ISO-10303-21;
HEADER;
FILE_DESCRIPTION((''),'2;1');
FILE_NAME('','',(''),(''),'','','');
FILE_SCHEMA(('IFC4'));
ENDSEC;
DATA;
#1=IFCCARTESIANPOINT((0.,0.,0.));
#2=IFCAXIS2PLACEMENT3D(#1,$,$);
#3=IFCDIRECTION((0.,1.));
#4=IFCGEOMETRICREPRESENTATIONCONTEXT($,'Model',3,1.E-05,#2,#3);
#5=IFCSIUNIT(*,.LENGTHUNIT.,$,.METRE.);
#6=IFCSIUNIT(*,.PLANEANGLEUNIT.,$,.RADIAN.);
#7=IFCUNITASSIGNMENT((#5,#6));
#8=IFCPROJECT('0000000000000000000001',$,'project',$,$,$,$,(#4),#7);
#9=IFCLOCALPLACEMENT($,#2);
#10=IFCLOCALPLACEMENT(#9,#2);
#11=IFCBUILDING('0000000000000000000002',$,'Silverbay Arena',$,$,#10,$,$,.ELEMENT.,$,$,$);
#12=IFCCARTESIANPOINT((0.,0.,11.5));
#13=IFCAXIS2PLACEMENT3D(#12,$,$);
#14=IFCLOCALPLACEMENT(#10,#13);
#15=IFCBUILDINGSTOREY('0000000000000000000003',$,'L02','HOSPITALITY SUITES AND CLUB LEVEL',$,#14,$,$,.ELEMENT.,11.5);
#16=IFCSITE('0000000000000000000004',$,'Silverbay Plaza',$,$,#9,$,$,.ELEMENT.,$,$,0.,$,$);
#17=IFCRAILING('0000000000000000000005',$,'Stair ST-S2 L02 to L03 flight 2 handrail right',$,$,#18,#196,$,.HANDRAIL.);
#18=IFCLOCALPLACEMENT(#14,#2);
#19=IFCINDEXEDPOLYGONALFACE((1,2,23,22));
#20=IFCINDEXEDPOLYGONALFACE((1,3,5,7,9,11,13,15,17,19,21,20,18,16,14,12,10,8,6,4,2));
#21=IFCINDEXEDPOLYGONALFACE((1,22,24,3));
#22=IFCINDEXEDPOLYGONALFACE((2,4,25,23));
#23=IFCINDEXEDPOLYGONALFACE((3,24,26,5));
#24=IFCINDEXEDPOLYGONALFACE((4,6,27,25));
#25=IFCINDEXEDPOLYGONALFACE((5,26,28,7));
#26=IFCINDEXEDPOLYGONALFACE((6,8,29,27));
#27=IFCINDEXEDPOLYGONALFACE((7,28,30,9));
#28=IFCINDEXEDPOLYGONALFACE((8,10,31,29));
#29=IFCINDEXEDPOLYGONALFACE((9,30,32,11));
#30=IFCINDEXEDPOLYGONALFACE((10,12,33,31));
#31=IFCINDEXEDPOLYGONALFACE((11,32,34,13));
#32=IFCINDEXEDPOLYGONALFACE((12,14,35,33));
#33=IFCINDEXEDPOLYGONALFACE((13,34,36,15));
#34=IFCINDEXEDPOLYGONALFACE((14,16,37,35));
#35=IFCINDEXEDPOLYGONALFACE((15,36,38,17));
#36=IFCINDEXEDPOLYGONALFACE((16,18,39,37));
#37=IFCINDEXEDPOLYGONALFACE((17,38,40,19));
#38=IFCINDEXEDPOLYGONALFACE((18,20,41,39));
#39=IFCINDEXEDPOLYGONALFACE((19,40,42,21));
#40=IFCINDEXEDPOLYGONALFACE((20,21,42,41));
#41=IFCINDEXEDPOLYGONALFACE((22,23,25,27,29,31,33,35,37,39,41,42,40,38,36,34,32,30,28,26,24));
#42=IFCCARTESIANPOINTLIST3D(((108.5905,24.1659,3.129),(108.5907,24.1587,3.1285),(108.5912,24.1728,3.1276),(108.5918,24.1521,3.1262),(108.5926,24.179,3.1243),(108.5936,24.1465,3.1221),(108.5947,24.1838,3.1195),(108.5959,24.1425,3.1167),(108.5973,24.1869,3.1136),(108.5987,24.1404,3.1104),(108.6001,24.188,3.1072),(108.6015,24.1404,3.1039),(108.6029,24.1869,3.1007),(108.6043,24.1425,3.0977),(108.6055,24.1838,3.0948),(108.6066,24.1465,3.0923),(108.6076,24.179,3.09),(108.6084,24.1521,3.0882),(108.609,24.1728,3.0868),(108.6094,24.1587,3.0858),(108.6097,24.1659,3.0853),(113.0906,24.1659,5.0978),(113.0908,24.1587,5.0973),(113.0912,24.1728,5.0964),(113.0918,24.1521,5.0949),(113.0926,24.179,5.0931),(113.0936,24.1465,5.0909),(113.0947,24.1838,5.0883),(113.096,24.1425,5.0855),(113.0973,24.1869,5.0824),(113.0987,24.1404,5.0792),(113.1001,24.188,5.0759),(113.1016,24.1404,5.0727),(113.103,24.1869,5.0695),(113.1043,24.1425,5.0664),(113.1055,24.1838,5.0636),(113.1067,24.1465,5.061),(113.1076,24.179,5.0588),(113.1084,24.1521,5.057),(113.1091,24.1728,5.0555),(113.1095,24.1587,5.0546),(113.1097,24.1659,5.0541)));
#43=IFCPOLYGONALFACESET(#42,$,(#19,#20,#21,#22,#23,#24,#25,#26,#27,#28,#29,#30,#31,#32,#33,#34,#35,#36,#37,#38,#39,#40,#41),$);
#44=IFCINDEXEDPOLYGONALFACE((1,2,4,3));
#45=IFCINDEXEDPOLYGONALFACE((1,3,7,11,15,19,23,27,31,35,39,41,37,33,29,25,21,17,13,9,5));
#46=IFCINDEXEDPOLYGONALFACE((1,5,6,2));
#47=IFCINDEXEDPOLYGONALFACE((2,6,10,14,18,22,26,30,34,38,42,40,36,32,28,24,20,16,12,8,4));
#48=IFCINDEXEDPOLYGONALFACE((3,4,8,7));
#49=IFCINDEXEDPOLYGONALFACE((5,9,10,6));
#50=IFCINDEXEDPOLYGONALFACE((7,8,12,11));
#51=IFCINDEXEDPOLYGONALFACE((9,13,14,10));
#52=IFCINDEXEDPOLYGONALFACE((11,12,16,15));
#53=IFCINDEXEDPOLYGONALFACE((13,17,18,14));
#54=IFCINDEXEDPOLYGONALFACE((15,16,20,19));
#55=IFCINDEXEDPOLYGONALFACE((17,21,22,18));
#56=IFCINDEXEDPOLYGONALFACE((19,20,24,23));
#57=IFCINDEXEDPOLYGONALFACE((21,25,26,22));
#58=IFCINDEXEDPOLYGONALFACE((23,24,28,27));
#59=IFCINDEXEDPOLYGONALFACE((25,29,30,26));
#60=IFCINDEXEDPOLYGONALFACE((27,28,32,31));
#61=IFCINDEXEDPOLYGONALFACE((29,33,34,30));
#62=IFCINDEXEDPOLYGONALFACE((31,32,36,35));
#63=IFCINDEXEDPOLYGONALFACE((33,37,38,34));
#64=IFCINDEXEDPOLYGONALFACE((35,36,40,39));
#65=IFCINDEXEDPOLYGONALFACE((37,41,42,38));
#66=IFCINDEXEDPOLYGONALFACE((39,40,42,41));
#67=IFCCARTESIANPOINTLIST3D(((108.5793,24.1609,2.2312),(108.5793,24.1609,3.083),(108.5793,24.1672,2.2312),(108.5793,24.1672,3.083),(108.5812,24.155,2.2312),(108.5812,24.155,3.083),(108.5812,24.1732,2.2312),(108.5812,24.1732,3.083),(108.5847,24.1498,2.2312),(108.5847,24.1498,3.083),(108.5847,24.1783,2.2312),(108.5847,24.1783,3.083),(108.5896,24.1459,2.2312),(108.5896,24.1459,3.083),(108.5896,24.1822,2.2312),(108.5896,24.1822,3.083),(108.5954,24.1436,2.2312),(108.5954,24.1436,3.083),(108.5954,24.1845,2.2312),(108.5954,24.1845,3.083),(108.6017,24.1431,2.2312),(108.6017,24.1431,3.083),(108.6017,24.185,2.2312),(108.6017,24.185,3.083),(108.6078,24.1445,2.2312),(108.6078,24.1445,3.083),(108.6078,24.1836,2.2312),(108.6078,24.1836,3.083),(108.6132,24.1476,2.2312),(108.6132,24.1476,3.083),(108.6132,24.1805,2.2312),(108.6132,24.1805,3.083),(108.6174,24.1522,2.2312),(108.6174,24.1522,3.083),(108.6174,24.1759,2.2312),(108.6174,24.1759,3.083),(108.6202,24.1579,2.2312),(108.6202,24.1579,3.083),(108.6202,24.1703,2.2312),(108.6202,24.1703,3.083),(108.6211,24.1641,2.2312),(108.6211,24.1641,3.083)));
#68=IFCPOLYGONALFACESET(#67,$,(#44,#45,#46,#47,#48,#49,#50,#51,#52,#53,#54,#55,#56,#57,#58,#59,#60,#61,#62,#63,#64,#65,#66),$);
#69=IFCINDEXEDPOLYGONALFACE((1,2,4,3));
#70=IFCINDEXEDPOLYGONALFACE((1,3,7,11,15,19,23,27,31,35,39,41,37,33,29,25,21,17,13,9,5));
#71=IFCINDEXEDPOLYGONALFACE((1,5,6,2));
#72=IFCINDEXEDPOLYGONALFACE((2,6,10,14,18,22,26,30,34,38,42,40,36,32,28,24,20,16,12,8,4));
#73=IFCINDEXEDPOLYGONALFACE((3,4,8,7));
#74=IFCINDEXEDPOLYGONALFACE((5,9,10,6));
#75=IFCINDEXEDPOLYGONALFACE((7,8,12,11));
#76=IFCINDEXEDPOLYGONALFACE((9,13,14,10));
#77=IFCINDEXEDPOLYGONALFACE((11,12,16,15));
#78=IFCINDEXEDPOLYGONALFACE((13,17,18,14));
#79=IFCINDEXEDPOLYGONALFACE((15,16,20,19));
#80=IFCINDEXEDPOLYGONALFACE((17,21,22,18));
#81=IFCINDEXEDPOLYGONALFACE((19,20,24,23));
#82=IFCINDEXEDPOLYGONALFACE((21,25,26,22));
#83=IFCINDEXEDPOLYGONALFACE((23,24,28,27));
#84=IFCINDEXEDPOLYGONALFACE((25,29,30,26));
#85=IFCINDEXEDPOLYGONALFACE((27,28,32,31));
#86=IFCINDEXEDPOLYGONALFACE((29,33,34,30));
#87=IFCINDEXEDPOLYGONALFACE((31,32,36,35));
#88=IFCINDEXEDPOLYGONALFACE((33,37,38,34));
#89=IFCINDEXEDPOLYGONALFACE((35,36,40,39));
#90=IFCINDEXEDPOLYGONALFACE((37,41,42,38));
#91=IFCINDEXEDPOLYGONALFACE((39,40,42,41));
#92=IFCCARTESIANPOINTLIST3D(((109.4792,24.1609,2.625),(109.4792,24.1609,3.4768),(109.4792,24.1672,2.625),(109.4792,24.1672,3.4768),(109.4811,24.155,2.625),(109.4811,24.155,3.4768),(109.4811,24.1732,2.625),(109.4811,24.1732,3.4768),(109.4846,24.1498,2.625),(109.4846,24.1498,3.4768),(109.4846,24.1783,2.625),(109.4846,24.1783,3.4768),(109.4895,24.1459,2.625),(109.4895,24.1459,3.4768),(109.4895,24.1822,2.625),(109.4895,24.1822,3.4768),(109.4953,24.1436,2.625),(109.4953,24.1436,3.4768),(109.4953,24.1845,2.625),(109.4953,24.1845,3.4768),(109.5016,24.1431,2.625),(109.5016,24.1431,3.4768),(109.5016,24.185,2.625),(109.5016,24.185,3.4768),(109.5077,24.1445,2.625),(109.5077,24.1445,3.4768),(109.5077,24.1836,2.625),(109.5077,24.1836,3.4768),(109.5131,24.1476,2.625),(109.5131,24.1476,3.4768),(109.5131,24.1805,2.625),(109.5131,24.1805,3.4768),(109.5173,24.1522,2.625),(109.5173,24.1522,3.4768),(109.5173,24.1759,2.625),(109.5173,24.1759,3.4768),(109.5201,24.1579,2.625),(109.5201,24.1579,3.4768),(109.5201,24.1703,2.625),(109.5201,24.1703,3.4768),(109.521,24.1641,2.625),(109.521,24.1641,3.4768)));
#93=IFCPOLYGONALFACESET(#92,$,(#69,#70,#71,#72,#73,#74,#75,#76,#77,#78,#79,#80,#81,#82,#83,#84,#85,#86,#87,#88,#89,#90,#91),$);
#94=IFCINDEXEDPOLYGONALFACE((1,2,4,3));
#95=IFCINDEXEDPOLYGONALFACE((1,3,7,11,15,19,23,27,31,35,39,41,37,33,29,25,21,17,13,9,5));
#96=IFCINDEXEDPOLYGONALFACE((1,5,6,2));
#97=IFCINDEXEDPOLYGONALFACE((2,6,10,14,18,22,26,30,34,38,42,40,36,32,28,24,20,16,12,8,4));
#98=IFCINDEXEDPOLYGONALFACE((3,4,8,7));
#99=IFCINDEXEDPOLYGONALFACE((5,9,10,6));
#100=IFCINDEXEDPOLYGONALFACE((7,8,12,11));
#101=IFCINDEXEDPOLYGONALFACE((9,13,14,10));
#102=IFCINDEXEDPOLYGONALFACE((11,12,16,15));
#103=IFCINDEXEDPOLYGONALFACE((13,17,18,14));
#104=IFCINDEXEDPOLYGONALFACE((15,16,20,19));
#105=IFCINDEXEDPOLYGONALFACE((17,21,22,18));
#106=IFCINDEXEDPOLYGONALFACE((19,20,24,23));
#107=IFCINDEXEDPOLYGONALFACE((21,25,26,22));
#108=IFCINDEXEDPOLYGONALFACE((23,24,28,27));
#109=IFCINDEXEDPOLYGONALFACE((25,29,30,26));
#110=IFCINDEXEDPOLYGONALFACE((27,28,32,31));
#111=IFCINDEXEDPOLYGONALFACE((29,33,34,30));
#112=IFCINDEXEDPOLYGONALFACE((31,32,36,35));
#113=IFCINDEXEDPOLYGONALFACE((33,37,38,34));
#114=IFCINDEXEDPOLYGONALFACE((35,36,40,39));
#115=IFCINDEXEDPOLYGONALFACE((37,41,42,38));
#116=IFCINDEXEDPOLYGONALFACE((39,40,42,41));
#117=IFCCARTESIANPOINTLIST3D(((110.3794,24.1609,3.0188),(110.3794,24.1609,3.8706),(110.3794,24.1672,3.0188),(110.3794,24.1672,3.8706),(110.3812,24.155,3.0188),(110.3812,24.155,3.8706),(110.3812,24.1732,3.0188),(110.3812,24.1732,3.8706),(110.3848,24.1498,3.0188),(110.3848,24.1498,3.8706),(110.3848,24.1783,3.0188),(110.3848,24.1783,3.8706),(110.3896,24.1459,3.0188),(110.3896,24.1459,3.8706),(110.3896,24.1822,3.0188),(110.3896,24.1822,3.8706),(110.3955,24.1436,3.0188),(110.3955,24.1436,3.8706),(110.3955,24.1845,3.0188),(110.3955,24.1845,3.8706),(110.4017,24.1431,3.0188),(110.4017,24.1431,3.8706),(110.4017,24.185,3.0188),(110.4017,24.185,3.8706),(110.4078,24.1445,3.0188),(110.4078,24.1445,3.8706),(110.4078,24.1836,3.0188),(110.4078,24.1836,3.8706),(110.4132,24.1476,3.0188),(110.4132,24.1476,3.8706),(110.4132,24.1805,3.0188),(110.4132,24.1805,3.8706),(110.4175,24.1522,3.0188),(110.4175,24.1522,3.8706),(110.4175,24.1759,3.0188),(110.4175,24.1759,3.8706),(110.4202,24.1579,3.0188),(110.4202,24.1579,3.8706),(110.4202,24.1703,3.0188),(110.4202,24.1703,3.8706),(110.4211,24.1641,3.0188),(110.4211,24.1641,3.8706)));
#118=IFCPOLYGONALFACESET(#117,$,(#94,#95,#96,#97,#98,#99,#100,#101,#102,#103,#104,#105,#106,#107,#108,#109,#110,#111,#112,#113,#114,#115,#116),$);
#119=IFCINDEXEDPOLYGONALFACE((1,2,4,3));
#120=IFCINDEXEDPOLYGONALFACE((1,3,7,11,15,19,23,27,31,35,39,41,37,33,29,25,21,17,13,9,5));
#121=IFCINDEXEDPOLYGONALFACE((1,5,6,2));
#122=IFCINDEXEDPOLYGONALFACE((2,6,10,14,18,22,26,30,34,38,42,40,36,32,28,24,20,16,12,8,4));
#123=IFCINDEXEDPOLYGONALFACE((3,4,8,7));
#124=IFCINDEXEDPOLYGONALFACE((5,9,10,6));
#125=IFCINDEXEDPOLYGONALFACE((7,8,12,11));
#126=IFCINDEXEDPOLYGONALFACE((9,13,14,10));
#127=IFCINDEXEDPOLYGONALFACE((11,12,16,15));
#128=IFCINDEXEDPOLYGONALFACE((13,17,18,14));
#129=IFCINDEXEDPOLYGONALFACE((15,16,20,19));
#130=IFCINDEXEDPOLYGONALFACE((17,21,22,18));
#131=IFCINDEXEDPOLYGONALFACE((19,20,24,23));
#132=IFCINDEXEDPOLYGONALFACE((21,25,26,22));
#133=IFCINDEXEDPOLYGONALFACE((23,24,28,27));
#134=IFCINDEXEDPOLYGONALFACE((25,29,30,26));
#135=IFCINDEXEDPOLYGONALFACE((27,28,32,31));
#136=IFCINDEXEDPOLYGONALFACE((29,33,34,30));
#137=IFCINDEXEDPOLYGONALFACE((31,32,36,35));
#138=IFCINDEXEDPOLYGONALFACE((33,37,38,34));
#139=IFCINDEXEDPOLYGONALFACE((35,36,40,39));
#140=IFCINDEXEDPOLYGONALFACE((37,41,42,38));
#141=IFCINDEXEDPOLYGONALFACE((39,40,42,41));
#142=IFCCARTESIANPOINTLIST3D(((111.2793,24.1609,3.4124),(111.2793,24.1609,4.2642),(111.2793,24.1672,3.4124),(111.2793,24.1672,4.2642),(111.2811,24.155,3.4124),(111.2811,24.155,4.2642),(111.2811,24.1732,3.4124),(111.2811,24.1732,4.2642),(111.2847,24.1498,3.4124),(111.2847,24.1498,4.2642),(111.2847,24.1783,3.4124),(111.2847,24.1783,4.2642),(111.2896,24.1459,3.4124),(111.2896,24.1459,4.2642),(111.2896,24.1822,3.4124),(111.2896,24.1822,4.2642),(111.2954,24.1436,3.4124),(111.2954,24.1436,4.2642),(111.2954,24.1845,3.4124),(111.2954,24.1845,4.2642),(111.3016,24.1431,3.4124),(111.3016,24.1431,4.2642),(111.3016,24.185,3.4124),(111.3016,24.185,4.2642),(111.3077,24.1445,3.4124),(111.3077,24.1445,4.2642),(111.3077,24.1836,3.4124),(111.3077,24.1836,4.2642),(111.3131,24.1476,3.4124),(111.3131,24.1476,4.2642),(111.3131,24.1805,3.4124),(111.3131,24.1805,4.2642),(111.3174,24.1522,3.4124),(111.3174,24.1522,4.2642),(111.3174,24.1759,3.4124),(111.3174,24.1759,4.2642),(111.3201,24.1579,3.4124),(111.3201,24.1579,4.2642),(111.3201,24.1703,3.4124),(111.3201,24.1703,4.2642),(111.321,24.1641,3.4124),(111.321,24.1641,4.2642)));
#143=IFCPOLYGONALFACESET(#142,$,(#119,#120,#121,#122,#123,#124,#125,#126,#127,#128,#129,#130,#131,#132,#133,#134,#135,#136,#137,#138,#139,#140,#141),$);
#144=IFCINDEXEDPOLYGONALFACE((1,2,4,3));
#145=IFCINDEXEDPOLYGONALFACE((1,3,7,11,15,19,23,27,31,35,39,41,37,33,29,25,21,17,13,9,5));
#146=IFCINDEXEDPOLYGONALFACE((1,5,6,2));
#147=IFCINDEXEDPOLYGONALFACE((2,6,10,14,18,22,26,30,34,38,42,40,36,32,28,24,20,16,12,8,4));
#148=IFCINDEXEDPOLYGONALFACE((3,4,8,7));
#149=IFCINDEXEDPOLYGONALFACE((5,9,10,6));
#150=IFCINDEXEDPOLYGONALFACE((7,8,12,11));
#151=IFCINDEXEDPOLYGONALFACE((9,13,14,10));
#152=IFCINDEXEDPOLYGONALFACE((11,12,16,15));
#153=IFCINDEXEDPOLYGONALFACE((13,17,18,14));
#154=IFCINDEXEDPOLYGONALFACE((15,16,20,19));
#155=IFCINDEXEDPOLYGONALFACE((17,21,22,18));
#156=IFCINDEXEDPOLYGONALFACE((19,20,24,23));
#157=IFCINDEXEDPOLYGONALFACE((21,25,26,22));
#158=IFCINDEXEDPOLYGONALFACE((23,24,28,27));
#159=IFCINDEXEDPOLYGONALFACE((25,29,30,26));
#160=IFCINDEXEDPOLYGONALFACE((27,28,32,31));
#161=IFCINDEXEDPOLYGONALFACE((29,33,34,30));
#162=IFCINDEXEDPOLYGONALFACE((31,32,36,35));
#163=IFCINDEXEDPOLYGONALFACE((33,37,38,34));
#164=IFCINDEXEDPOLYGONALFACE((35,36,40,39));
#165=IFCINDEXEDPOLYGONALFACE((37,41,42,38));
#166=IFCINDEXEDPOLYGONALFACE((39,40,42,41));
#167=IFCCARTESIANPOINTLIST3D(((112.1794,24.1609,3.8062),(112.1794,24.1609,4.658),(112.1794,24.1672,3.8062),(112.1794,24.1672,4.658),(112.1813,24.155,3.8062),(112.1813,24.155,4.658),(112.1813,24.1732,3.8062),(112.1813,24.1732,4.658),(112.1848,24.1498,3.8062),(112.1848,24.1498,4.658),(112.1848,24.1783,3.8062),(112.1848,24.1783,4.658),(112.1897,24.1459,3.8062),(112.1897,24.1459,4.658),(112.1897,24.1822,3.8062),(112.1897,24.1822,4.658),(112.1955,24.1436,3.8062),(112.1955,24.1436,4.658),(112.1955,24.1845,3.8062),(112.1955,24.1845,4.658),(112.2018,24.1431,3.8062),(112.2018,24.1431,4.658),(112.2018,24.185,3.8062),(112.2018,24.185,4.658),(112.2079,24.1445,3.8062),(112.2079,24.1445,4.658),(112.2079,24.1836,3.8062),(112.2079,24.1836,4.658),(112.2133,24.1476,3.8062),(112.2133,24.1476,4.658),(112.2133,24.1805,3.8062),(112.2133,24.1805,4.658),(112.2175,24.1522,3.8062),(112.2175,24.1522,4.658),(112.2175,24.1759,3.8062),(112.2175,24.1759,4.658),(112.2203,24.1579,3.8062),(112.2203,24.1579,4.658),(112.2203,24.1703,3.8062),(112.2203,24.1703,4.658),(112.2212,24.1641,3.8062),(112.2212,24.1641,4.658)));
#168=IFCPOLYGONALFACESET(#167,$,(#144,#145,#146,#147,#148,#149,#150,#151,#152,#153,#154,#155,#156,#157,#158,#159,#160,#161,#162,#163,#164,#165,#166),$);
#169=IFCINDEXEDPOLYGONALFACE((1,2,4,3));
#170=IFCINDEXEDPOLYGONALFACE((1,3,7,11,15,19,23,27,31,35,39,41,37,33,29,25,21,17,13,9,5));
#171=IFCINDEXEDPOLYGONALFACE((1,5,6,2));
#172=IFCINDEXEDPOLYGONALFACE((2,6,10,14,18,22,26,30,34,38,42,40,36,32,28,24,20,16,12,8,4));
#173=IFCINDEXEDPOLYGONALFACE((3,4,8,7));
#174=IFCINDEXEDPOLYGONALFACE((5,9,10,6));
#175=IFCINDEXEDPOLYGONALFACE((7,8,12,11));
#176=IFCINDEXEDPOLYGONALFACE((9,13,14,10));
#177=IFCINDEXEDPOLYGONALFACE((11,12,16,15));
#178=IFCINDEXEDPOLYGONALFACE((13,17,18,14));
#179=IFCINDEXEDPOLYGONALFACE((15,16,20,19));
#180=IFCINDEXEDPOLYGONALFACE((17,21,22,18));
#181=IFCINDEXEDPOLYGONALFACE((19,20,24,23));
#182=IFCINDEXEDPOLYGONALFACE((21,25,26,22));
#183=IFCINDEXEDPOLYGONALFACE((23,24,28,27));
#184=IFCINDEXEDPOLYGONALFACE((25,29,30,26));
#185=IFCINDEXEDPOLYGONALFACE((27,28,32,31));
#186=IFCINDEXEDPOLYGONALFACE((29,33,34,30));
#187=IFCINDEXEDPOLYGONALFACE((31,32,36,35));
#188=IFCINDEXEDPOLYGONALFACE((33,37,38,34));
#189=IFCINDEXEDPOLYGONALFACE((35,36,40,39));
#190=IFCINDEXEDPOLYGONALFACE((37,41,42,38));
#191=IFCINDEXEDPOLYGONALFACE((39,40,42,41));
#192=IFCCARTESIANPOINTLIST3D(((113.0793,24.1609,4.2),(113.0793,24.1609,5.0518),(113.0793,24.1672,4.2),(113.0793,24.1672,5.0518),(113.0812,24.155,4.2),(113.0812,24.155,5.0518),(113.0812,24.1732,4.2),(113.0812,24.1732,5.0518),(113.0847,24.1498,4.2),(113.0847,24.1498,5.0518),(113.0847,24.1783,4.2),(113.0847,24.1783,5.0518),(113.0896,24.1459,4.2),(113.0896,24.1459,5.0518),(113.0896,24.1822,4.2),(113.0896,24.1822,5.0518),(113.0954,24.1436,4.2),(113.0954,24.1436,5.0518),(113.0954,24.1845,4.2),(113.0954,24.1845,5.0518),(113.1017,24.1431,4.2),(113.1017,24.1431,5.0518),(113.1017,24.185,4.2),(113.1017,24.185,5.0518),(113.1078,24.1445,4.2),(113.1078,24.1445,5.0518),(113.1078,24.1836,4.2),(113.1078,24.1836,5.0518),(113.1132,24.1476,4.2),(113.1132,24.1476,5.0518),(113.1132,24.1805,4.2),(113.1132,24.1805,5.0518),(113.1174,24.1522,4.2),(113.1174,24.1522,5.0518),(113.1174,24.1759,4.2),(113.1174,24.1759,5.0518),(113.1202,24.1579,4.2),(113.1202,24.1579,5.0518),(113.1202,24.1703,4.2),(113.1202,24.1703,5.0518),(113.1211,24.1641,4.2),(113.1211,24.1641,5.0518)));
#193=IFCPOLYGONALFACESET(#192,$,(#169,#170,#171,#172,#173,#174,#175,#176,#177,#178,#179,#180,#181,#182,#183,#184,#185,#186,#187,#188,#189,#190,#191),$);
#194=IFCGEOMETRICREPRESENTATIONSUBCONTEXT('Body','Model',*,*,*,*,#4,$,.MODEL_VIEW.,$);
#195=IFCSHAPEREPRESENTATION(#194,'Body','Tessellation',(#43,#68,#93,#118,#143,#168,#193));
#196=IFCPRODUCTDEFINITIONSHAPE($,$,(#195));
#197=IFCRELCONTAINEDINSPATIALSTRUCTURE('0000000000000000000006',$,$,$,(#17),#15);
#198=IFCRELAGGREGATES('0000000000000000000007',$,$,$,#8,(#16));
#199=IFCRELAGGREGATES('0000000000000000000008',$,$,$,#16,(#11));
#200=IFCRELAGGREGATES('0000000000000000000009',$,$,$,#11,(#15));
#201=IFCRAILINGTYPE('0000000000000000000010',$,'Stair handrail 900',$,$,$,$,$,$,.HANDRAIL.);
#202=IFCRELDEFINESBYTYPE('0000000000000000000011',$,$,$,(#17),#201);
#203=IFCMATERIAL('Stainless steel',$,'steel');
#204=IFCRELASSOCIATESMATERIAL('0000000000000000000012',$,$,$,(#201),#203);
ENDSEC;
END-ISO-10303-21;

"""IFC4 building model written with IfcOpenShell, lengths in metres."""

from ifc_helpers import new_model, si_unit, direction, frame, origin, origin_2d, place, context, subcontext, project, spatial, circle, extrude, material, type_object, element, save


model = new_model("IFC4")

# Units and contexts
model_context = context("Model", 3, precision=1e-05, world=origin(), true_north=direction((0.0, 1.0)))
body_context = subcontext(model_context, "Body", "Model", "MODEL_VIEW")
ifc_project = project(units=[si_unit("LENGTHUNIT", "METRE"), si_unit("PLANEANGLEUNIT", "RADIAN")], contexts=[model_context])

# Site, building, storey
site_placement = place(None, origin())
site = spatial("IfcSite", under=ifc_project, at=site_placement, Name="Silverbay Plaza", CompositionType="ELEMENT", RefElevation=0.0)
building_placement = place(site_placement, origin())
building = spatial("IfcBuilding", under=site, at=building_placement, Name="Silverbay Arena", CompositionType="ELEMENT")
storey_placement = place(building_placement, frame((0.0, 0.0, 11.5)))
storey = spatial("IfcBuildingStorey", under=building, at=storey_placement, Name="L02", Description="HOSPITALITY SUITES AND CLUB LEVEL", CompositionType="ELEMENT", Elevation=11.5)

# Railing
ifc_material_1 = material(Name="Stainless steel", Category="steel")
railing_type_1 = type_object("IfcRailingType", Name="Stair handrail 900", PredefinedType="HANDRAIL", material=ifc_material_1)
for number, where, name in (
    (1, (108.6001, 24.1641, 2.2312), "Stair ST-S2 L02 to L03 flight 2 handrail right"),
):
    element("IfcRailing", number, at=place(storey_placement, frame(where)), inside=storey, type_object=railing_type_1, Name=name, PredefinedType="HANDRAIL", context=body_context, shape_type="SweptSolid", body=[
        extrude(circle(Radius=0.0239, at=origin_2d()), frame((0.0, 0.0, 0.876), z_axis=(0.916157, 0.0, 0.400819), x_axis=(0.0, 1.0, 0.0)), (0.0, 0.0, 1.0), 4.9119),
        extrude(circle(Radius=0.021, at=origin_2d()), origin(), (0.0, 0.0, 1.0), 0.8518),
        extrude(circle(Radius=0.021, at=origin_2d()), frame((0.8999, 0.0, 0.3938)), (0.0, 0.0, 1.0), 0.8518),
        extrude(circle(Radius=0.021, at=origin_2d()), frame((1.8, 0.0, 0.7876)), (0.0, 0.0, 1.0), 0.8518),
        extrude(circle(Radius=0.021, at=origin_2d()), frame((2.7, 0.0, 1.1812)), (0.0, 0.0, 1.0), 0.8518),
        extrude(circle(Radius=0.021, at=origin_2d()), frame((3.6001, 0.0, 1.575)), (0.0, 0.0, 1.0), 0.8518),
        extrude(circle(Radius=0.021, at=origin_2d()), frame((4.5, 0.0, 1.9688)), (0.0, 0.0, 1.0), 0.8518),
    ])

save(model, "model.ifc")
